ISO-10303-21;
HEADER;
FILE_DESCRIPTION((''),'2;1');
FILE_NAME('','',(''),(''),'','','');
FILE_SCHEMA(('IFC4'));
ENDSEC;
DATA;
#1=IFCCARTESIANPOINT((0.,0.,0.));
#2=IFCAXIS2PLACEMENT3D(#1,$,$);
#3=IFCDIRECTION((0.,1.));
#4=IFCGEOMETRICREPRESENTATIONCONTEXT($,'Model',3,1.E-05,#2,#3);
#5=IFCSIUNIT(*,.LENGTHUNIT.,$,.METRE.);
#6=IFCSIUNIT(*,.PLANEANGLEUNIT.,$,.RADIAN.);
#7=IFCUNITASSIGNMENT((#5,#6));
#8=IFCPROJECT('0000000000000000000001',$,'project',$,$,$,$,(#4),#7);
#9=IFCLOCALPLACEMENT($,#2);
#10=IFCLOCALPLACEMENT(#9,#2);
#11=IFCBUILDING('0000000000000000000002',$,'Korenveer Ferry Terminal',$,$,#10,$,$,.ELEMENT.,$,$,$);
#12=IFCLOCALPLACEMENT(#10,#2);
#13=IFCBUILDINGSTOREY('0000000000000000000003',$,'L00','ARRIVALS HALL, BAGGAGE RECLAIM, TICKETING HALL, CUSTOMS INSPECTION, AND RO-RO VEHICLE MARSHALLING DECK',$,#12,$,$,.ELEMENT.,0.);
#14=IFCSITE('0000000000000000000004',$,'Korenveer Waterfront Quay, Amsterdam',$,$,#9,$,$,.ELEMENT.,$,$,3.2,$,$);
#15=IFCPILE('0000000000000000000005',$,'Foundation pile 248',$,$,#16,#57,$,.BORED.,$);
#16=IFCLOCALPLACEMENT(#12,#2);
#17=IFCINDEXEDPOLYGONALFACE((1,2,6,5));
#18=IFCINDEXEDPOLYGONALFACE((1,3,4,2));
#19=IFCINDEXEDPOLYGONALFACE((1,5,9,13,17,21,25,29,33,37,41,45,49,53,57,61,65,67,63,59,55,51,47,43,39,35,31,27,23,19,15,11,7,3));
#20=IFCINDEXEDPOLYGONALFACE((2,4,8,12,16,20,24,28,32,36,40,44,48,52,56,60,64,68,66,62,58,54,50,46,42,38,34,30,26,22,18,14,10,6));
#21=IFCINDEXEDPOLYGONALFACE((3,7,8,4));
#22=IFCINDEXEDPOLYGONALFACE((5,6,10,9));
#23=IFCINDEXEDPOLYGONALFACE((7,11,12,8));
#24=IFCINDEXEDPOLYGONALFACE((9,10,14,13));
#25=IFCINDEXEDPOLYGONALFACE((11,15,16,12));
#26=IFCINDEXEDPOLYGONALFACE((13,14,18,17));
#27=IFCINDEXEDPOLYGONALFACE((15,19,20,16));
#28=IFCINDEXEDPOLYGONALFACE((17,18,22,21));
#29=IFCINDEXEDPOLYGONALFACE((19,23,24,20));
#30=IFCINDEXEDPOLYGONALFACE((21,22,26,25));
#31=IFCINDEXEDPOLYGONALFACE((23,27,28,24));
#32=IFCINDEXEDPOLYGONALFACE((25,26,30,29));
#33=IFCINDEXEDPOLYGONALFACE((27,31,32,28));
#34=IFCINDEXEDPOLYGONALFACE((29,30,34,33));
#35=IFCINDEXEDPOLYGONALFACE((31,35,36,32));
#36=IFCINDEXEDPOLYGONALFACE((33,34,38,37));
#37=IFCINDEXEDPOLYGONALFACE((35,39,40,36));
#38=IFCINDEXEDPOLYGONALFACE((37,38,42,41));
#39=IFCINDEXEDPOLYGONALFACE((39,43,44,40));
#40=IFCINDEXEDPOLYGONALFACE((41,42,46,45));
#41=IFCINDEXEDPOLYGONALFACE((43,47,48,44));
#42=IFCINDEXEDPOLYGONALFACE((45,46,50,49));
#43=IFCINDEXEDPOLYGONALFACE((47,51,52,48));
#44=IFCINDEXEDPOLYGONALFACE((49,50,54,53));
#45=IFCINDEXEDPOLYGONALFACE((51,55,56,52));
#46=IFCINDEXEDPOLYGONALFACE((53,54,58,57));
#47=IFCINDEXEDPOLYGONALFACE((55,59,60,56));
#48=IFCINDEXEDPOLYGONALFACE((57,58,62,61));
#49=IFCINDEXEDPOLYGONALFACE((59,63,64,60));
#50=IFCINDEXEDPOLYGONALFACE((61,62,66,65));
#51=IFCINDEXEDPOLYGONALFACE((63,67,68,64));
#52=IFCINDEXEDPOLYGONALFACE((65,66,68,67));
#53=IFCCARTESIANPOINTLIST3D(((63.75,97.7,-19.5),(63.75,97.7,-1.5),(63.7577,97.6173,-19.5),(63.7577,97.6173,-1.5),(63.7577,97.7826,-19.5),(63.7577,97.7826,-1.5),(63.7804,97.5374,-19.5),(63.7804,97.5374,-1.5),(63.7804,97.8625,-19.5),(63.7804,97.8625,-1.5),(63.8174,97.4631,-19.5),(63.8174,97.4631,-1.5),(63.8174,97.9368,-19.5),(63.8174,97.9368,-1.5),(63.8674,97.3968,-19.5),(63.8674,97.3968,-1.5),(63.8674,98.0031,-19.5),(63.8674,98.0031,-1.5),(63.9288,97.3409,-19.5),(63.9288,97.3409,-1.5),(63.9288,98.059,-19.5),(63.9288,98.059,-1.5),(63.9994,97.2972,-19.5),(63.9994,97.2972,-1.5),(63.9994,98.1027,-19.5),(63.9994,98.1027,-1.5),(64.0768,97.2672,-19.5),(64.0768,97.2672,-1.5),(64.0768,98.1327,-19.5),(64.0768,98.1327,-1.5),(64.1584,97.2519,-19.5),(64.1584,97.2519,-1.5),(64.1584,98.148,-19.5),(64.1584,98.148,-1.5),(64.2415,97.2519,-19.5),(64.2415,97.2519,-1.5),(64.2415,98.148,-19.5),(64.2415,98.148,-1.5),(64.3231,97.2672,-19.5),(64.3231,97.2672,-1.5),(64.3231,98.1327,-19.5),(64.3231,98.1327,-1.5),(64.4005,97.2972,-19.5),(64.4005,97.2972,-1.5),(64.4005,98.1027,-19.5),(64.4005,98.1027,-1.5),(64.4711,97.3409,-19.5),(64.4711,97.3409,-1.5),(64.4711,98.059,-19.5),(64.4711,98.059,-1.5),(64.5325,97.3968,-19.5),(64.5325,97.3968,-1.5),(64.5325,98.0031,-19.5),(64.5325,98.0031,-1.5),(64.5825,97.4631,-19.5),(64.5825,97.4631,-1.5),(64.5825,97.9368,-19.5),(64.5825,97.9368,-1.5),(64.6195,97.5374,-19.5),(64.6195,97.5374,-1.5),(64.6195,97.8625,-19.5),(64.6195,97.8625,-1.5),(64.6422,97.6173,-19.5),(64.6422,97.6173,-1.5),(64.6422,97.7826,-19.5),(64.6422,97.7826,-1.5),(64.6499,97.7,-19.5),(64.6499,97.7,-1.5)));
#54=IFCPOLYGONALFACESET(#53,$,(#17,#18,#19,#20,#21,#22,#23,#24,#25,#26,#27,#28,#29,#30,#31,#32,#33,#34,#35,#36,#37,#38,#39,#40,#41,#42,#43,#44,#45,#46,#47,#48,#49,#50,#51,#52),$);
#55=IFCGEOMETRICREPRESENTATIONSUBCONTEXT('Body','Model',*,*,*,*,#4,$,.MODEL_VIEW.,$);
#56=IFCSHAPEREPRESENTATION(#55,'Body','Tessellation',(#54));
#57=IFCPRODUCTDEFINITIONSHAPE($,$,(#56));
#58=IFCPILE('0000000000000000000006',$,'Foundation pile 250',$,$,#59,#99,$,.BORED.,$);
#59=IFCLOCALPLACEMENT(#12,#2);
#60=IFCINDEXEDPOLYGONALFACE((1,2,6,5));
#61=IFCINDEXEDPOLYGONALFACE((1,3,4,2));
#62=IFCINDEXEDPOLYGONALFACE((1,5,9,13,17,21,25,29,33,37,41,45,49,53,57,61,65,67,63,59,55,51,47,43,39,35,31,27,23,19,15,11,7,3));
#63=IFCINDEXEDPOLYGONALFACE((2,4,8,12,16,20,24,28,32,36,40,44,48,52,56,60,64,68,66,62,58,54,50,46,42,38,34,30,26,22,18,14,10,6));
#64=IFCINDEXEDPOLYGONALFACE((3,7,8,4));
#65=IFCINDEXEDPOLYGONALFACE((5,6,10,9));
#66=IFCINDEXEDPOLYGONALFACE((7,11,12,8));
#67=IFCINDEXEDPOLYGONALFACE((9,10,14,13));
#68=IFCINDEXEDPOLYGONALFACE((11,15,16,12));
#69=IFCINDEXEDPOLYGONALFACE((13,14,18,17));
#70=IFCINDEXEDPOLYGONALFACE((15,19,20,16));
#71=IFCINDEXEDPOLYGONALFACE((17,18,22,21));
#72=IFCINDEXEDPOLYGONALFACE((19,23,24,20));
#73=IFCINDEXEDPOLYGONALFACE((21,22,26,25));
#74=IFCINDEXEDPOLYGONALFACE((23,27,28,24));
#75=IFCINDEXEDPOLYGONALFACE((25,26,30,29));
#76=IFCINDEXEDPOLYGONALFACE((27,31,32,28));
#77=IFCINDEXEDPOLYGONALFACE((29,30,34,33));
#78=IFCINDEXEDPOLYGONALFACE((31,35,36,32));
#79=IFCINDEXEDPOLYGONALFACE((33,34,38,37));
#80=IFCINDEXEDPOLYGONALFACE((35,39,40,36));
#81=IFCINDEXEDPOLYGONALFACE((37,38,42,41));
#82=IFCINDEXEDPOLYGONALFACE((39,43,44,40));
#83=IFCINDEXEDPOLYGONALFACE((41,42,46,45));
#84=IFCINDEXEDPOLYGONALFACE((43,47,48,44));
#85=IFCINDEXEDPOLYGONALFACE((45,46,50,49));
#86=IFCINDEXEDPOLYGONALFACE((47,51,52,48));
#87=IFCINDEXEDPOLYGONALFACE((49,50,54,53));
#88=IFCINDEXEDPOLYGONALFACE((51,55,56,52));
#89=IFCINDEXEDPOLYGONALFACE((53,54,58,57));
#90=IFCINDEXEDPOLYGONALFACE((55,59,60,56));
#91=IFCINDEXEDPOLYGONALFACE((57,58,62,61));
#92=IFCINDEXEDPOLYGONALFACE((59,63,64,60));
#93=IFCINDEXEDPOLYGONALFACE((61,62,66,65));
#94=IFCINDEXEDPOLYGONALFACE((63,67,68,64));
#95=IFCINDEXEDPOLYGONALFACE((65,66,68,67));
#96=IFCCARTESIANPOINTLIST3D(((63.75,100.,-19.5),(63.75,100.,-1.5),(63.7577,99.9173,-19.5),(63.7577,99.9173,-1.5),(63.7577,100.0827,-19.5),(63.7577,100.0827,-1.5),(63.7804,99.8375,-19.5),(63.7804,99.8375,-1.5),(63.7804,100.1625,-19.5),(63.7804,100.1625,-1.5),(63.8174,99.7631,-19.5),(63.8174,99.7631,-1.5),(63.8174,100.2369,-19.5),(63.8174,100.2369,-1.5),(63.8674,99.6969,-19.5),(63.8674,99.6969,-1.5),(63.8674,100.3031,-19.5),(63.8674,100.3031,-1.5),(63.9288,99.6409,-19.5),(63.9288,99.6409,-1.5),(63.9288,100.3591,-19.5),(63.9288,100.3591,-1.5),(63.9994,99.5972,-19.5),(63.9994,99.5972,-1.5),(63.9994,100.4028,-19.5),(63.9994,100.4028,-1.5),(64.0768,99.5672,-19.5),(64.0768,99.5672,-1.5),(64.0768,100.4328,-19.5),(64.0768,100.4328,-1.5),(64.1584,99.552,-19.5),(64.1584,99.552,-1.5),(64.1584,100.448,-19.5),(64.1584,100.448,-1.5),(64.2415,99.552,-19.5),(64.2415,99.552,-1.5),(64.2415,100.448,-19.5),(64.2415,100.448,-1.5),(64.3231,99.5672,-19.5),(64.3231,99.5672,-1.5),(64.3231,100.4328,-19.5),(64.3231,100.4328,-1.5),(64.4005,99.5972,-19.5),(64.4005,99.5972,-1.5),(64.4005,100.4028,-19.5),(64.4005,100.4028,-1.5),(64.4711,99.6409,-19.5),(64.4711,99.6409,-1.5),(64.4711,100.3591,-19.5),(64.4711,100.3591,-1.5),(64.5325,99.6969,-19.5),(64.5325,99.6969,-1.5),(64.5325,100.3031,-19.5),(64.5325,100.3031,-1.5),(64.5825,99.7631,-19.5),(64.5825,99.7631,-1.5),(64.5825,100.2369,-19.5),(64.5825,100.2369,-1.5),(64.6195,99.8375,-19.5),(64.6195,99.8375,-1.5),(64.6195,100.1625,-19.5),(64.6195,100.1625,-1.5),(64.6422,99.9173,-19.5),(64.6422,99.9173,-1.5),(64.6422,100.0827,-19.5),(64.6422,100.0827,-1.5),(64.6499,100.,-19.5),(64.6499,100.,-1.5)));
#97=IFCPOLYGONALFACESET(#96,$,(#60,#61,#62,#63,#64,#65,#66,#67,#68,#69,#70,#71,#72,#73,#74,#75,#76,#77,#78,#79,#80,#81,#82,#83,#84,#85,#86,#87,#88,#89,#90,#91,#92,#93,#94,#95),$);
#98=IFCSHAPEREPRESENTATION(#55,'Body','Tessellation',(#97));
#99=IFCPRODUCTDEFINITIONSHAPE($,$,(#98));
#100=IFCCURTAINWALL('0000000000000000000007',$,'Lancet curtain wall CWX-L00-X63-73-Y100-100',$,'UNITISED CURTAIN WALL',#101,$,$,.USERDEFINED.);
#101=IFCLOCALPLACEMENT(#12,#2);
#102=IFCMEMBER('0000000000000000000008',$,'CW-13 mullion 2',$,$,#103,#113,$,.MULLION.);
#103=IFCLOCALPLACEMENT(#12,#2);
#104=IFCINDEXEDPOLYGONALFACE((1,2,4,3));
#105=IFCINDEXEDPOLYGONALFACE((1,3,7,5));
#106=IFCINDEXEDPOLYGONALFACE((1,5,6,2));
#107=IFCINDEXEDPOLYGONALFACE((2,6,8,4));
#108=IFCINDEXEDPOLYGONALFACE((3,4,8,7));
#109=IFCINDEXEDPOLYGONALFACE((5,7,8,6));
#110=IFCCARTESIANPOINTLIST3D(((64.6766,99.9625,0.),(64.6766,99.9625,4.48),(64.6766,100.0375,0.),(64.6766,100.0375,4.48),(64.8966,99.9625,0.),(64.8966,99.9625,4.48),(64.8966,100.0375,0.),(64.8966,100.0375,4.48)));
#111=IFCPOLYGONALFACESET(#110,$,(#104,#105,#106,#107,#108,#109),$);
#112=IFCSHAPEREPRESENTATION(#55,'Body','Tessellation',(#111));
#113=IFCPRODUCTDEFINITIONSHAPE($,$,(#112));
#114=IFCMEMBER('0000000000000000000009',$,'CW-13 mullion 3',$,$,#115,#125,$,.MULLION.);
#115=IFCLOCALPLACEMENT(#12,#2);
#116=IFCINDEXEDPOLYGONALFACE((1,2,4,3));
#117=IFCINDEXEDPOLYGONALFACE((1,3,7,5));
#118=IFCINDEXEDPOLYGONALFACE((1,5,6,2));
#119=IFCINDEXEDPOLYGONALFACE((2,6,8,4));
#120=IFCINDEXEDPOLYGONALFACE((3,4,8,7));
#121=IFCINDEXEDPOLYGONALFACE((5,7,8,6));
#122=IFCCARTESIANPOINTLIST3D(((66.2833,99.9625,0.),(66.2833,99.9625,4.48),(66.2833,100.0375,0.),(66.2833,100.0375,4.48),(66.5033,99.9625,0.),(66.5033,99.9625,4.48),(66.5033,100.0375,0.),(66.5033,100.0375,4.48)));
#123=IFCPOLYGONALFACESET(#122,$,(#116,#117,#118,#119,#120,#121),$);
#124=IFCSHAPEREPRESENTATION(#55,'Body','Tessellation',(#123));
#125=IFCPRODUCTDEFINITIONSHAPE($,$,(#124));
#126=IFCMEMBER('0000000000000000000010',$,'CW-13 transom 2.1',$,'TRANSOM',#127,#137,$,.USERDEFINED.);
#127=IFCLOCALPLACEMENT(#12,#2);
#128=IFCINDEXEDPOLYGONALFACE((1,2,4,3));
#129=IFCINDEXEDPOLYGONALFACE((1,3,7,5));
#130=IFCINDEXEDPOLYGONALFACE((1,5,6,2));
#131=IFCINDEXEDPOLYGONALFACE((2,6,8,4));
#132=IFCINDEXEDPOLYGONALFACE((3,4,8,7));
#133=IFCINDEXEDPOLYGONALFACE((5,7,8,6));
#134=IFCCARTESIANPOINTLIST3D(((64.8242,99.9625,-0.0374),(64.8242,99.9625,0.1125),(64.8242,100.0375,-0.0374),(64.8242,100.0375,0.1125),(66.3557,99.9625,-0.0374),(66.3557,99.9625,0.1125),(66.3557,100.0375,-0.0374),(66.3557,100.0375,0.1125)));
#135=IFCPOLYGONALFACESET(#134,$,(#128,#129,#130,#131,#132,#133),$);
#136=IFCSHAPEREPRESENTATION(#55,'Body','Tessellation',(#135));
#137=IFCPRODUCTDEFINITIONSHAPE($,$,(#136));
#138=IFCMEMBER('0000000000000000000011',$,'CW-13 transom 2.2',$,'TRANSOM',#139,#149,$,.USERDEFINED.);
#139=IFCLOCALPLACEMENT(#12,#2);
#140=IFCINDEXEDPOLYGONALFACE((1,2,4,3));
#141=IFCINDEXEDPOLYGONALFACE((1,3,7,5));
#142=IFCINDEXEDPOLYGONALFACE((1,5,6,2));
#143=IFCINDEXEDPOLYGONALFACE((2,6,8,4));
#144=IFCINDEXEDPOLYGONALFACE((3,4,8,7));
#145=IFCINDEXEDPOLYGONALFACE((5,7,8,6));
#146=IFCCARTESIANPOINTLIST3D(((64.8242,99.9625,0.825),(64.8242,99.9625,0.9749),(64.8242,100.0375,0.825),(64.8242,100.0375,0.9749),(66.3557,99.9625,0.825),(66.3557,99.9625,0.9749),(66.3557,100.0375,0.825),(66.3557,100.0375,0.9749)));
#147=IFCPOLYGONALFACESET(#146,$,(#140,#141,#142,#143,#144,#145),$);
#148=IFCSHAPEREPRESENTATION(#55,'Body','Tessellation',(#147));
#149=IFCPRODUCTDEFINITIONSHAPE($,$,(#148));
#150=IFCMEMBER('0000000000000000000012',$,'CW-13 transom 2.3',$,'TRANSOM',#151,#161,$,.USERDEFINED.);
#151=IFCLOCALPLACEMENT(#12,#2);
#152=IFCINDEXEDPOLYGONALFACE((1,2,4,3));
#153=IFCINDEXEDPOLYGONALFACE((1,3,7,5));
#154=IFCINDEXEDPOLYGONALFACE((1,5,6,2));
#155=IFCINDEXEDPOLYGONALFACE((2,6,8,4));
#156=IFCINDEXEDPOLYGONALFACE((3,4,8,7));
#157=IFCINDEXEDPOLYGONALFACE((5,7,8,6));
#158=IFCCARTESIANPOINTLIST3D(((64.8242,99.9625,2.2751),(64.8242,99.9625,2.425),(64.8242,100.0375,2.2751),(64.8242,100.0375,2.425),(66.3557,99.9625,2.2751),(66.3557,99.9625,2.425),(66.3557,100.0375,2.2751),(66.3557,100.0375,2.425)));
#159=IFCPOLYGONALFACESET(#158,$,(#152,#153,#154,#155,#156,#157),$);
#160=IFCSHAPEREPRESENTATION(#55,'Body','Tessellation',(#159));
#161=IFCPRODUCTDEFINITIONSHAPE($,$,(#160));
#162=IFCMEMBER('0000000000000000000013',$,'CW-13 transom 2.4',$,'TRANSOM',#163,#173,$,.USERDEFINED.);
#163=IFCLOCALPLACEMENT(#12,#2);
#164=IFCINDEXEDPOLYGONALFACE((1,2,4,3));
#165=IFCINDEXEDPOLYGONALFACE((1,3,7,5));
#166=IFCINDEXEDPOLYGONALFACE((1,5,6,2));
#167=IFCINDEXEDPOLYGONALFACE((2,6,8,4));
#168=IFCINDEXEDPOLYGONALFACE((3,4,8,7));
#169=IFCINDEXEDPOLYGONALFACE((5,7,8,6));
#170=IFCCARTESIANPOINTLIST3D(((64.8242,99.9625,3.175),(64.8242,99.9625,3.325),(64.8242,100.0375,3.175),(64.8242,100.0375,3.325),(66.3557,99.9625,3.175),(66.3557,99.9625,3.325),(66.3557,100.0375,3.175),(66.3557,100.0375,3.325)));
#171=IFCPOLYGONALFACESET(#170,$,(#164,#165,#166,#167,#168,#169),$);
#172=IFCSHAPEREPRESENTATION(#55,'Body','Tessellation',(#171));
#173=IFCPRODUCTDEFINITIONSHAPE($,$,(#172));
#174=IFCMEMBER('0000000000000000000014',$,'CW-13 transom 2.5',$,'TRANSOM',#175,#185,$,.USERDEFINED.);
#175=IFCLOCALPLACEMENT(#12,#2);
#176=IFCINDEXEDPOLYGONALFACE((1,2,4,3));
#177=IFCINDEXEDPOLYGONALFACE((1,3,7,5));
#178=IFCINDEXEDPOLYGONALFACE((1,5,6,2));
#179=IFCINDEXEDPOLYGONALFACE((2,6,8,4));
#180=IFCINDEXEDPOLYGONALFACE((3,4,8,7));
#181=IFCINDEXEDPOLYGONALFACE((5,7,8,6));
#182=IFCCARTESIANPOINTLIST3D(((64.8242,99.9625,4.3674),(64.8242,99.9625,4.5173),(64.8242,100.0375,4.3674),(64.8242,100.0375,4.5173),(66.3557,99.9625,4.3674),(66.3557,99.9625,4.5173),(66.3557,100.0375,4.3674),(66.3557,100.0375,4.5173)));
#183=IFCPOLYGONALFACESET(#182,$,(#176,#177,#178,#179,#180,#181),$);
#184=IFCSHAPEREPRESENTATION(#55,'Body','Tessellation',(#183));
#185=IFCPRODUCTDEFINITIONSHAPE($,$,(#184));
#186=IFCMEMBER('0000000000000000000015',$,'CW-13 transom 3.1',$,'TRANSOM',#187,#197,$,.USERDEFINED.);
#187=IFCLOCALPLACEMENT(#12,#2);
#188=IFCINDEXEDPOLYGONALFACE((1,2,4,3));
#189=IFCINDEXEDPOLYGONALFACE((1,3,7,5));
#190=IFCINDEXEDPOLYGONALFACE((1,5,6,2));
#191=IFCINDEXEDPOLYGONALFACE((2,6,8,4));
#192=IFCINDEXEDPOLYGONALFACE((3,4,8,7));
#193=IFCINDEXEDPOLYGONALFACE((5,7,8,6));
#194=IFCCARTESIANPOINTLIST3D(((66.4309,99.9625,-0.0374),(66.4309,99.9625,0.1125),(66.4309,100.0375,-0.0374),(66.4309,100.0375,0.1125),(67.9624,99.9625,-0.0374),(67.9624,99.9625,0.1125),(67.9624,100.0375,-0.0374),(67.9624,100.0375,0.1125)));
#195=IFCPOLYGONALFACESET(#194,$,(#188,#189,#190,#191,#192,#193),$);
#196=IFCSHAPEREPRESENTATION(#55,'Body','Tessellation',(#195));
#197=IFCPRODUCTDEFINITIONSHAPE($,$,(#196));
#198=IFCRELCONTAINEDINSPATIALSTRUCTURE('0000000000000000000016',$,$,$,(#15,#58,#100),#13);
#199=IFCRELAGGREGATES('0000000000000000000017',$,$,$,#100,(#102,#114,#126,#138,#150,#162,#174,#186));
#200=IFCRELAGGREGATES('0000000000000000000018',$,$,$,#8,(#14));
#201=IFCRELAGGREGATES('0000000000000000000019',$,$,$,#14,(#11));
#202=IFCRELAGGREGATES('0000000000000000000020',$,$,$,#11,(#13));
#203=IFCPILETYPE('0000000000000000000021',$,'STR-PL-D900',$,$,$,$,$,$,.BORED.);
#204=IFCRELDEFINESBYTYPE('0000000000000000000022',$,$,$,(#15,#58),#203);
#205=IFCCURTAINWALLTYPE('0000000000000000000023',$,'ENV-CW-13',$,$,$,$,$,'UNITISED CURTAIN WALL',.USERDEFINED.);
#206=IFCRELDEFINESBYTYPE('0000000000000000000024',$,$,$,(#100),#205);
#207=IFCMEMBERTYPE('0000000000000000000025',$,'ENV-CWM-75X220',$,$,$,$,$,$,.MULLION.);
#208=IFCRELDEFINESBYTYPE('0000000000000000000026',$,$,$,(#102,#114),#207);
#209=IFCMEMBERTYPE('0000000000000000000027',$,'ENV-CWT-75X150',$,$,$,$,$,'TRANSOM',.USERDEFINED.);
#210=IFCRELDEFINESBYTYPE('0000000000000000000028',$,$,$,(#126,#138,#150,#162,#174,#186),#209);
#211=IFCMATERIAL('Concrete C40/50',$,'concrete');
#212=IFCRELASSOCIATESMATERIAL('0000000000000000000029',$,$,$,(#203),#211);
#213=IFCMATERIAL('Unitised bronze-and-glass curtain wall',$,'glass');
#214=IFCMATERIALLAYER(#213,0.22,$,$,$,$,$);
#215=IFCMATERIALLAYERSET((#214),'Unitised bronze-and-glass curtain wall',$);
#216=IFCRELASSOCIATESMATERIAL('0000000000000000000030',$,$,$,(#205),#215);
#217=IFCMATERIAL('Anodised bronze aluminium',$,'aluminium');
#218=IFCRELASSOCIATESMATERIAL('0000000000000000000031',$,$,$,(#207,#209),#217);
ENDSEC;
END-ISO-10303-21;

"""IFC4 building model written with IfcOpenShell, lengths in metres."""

from ifc_helpers import new_model, si_unit, direction, frame, origin, origin_2d, place, context, subcontext, project, spatial, rectangle, circle, extrude, material, layer, layer_set, material_profile, profile_set, type_object, element, aggregate, save


model = new_model("IFC4")

# Units and contexts
model_context = context("Model", 3, precision=1e-05, world=origin(), true_north=direction((0.0, 1.0)))
body_context = subcontext(model_context, "Body", "Model", "MODEL_VIEW")
ifc_project = project(units=[si_unit("LENGTHUNIT", "METRE"), si_unit("PLANEANGLEUNIT", "RADIAN")], contexts=[model_context])

# Site, building, storey
site_placement = place(None, origin())
site = spatial("IfcSite", under=ifc_project, at=site_placement, Name="Korenveer Waterfront Quay, Amsterdam", CompositionType="ELEMENT", RefElevation=3.2)
building_placement = place(site_placement, origin())
building = spatial("IfcBuilding", under=site, at=building_placement, Name="Korenveer Ferry Terminal", CompositionType="ELEMENT")
storey_placement = place(building_placement, origin())
storey = spatial("IfcBuildingStorey", under=building, at=storey_placement, Name="L00", Description="ARRIVALS HALL, BAGGAGE RECLAIM, TICKETING HALL, CUSTOMS INSPECTION, AND RO-RO VEHICLE MARSHALLING DECK", CompositionType="ELEMENT", Elevation=0.0)

# Piles
ifc_material_1 = material(Name="Concrete C40/50", Category="concrete")
ifc_material_profile_1 = material_profile(ifc_material_1, circle(Radius=0.45, at=origin_2d()), Name="PILE D900")
ifc_profile_set_1 = profile_set([ifc_material_profile_1], Name="Concrete C40/50")
pile_type = type_object("IfcPileType", Name="STR-PL-D900", PredefinedType="BORED", material=ifc_profile_set_1)
for number, where, z_axis, x_axis, name in (
    (1, (64.2, 97.7, -1.5), (0.0, 0.0, -1.0), (1.0, 0.0, 0.0), "Foundation pile 248"),
    (2, (64.2, 100.0, -1.5), (0.0, 0.0, -1.0), (1.0, 0.0, 0.0), "Foundation pile 250"),
):
    element("IfcPile", number, at=place(storey_placement, frame(where, z_axis=z_axis, x_axis=x_axis)), inside=storey, type_object=pile_type, Name=name, PredefinedType="BORED", context=body_context, shape_type="SweptSolid", body=[
        extrude(circle(Radius=0.45, at=origin_2d()), origin(), (0.0, 0.0, 1.0), 18.0),
    ])

# Curtain wall, members
ifc_material_2 = material(Name="Unitised bronze-and-glass curtain wall", Category="glass")
ifc_layer_1 = layer(ifc_material_2, 0.22)
ifc_layer_set_1 = layer_set([ifc_layer_1], Name="Unitised bronze-and-glass curtain wall")
curtain_wall_type = type_object("IfcCurtainWallType", Name="ENV-CW-13", ElementType="UNITISED CURTAIN WALL", PredefinedType="USERDEFINED", material=ifc_layer_set_1)
curtain_wall_placement = place(storey_placement, frame((63.1799, 100.0, 0.0)))
curtain_wall = element("IfcCurtainWall", 3, at=curtain_wall_placement, inside=storey, type_object=curtain_wall_type, Name="Lancet curtain wall CWX-L00-X63-73-Y100-100", ObjectType="UNITISED CURTAIN WALL", PredefinedType="USERDEFINED")
ifc_material_3 = material(Name="Anodised bronze aluminium", Category="aluminium")
ifc_material_profile_2 = material_profile(ifc_material_3, rectangle(XDim=0.075, YDim=0.22, at=origin_2d()), Name="ALU 75x220")
ifc_profile_set_2 = profile_set([ifc_material_profile_2], Name="Anodised bronze aluminium")
member_type_1 = type_object("IfcMemberType", Name="ENV-CWM-75X220", PredefinedType="MULLION", material=ifc_profile_set_2)
member_1_placement = place(storey_placement, frame((64.7866, 100.0, 0.0), z_axis=(0.0, 0.0, 1.0), x_axis=(0.0, 1.0, 0.0)))
member_1 = element("IfcMember", 4, at=member_1_placement, type_object=member_type_1, Name="CW-13 mullion 2", PredefinedType="MULLION", context=body_context, shape_type="SweptSolid", body=[
    extrude(rectangle(XDim=0.075, YDim=0.22, at=origin_2d()), origin(), (0.0, 0.0, 1.0), 4.48),
])
member_2_placement = place(storey_placement, frame((66.3933, 100.0, 0.0), z_axis=(0.0, 0.0, 1.0), x_axis=(0.0, 1.0, 0.0)))
member_2 = element("IfcMember", 5, at=member_2_placement, type_object=member_type_1, Name="CW-13 mullion 3", PredefinedType="MULLION", context=body_context, shape_type="SweptSolid", body=[
    extrude(rectangle(XDim=0.075, YDim=0.22, at=origin_2d()), origin(), (0.0, 0.0, 1.0), 4.48),
])
ifc_material_profile_3 = material_profile(ifc_material_3, rectangle(XDim=0.075, YDim=0.1499, at=origin_2d()), Name="ALU 75x150")
ifc_profile_set_3 = profile_set([ifc_material_profile_3], Name="Anodised bronze aluminium")
member_type_2 = type_object("IfcMemberType", Name="ENV-CWT-75X150", ElementType="TRANSOM", PredefinedType="USERDEFINED", material=ifc_profile_set_3)
member_3_placement = place(storey_placement, frame((64.8242, 100.0, 0.0376), z_axis=(1.0, 0.0, 0.0), x_axis=(0.0, 1.0, 0.0)))
member_3 = element("IfcMember", 6, at=member_3_placement, type_object=member_type_2, Name="CW-13 transom 2.1", ObjectType="TRANSOM", PredefinedType="USERDEFINED", context=body_context, shape_type="SweptSolid", body=[
    extrude(rectangle(XDim=0.075, YDim=0.1499, at=origin_2d()), origin(), (0.0, 0.0, 1.0), 1.5315),
])
member_4_placement = place(storey_placement, frame((64.8242, 100.0, 0.8999), z_axis=(1.0, 0.0, 0.0), x_axis=(0.0, 1.0, 0.0)))
member_4 = element("IfcMember", 7, at=member_4_placement, type_object=member_type_2, Name="CW-13 transom 2.2", ObjectType="TRANSOM", PredefinedType="USERDEFINED", context=body_context, shape_type="SweptSolid", body=[
    extrude(rectangle(XDim=0.075, YDim=0.1499, at=origin_2d()), origin(), (0.0, 0.0, 1.0), 1.5315),
])
member_5_placement = place(storey_placement, frame((64.8242, 100.0, 2.3501), z_axis=(1.0, 0.0, 0.0), x_axis=(0.0, 1.0, 0.0)))
member_5 = element("IfcMember", 8, at=member_5_placement, type_object=member_type_2, Name="CW-13 transom 2.3", ObjectType="TRANSOM", PredefinedType="USERDEFINED", context=body_context, shape_type="SweptSolid", body=[
    extrude(rectangle(XDim=0.075, YDim=0.1499, at=origin_2d()), origin(), (0.0, 0.0, 1.0), 1.5315),
])
member_6_placement = place(storey_placement, frame((64.8242, 100.0, 3.25), z_axis=(1.0, 0.0, 0.0), x_axis=(0.0, 1.0, 0.0)))
member_6 = element("IfcMember", 9, at=member_6_placement, type_object=member_type_2, Name="CW-13 transom 2.4", ObjectType="TRANSOM", PredefinedType="USERDEFINED", context=body_context, shape_type="SweptSolid", body=[
    extrude(rectangle(XDim=0.075, YDim=0.1499, at=origin_2d()), origin(), (0.0, 0.0, 1.0), 1.5315),
])
member_7_placement = place(storey_placement, frame((64.8242, 100.0, 4.4424), z_axis=(1.0, 0.0, 0.0), x_axis=(0.0, 1.0, 0.0)))
member_7 = element("IfcMember", 10, at=member_7_placement, type_object=member_type_2, Name="CW-13 transom 2.5", ObjectType="TRANSOM", PredefinedType="USERDEFINED", context=body_context, shape_type="SweptSolid", body=[
    extrude(rectangle(XDim=0.075, YDim=0.1499, at=origin_2d()), origin(), (0.0, 0.0, 1.0), 1.5315),
])
member_8_placement = place(storey_placement, frame((66.4309, 100.0, 0.0376), z_axis=(1.0, 0.0, 0.0), x_axis=(0.0, 1.0, 0.0)))
member_8 = element("IfcMember", 11, at=member_8_placement, type_object=member_type_2, Name="CW-13 transom 3.1", ObjectType="TRANSOM", PredefinedType="USERDEFINED", context=body_context, shape_type="SweptSolid", body=[
    extrude(rectangle(XDim=0.075, YDim=0.1499, at=origin_2d()), origin(), (0.0, 0.0, 1.0), 1.5315),
])

aggregate(curtain_wall, [member_1, member_2, member_3, member_4, member_5, member_6, member_7, member_8])

save(model, "model.ifc")
